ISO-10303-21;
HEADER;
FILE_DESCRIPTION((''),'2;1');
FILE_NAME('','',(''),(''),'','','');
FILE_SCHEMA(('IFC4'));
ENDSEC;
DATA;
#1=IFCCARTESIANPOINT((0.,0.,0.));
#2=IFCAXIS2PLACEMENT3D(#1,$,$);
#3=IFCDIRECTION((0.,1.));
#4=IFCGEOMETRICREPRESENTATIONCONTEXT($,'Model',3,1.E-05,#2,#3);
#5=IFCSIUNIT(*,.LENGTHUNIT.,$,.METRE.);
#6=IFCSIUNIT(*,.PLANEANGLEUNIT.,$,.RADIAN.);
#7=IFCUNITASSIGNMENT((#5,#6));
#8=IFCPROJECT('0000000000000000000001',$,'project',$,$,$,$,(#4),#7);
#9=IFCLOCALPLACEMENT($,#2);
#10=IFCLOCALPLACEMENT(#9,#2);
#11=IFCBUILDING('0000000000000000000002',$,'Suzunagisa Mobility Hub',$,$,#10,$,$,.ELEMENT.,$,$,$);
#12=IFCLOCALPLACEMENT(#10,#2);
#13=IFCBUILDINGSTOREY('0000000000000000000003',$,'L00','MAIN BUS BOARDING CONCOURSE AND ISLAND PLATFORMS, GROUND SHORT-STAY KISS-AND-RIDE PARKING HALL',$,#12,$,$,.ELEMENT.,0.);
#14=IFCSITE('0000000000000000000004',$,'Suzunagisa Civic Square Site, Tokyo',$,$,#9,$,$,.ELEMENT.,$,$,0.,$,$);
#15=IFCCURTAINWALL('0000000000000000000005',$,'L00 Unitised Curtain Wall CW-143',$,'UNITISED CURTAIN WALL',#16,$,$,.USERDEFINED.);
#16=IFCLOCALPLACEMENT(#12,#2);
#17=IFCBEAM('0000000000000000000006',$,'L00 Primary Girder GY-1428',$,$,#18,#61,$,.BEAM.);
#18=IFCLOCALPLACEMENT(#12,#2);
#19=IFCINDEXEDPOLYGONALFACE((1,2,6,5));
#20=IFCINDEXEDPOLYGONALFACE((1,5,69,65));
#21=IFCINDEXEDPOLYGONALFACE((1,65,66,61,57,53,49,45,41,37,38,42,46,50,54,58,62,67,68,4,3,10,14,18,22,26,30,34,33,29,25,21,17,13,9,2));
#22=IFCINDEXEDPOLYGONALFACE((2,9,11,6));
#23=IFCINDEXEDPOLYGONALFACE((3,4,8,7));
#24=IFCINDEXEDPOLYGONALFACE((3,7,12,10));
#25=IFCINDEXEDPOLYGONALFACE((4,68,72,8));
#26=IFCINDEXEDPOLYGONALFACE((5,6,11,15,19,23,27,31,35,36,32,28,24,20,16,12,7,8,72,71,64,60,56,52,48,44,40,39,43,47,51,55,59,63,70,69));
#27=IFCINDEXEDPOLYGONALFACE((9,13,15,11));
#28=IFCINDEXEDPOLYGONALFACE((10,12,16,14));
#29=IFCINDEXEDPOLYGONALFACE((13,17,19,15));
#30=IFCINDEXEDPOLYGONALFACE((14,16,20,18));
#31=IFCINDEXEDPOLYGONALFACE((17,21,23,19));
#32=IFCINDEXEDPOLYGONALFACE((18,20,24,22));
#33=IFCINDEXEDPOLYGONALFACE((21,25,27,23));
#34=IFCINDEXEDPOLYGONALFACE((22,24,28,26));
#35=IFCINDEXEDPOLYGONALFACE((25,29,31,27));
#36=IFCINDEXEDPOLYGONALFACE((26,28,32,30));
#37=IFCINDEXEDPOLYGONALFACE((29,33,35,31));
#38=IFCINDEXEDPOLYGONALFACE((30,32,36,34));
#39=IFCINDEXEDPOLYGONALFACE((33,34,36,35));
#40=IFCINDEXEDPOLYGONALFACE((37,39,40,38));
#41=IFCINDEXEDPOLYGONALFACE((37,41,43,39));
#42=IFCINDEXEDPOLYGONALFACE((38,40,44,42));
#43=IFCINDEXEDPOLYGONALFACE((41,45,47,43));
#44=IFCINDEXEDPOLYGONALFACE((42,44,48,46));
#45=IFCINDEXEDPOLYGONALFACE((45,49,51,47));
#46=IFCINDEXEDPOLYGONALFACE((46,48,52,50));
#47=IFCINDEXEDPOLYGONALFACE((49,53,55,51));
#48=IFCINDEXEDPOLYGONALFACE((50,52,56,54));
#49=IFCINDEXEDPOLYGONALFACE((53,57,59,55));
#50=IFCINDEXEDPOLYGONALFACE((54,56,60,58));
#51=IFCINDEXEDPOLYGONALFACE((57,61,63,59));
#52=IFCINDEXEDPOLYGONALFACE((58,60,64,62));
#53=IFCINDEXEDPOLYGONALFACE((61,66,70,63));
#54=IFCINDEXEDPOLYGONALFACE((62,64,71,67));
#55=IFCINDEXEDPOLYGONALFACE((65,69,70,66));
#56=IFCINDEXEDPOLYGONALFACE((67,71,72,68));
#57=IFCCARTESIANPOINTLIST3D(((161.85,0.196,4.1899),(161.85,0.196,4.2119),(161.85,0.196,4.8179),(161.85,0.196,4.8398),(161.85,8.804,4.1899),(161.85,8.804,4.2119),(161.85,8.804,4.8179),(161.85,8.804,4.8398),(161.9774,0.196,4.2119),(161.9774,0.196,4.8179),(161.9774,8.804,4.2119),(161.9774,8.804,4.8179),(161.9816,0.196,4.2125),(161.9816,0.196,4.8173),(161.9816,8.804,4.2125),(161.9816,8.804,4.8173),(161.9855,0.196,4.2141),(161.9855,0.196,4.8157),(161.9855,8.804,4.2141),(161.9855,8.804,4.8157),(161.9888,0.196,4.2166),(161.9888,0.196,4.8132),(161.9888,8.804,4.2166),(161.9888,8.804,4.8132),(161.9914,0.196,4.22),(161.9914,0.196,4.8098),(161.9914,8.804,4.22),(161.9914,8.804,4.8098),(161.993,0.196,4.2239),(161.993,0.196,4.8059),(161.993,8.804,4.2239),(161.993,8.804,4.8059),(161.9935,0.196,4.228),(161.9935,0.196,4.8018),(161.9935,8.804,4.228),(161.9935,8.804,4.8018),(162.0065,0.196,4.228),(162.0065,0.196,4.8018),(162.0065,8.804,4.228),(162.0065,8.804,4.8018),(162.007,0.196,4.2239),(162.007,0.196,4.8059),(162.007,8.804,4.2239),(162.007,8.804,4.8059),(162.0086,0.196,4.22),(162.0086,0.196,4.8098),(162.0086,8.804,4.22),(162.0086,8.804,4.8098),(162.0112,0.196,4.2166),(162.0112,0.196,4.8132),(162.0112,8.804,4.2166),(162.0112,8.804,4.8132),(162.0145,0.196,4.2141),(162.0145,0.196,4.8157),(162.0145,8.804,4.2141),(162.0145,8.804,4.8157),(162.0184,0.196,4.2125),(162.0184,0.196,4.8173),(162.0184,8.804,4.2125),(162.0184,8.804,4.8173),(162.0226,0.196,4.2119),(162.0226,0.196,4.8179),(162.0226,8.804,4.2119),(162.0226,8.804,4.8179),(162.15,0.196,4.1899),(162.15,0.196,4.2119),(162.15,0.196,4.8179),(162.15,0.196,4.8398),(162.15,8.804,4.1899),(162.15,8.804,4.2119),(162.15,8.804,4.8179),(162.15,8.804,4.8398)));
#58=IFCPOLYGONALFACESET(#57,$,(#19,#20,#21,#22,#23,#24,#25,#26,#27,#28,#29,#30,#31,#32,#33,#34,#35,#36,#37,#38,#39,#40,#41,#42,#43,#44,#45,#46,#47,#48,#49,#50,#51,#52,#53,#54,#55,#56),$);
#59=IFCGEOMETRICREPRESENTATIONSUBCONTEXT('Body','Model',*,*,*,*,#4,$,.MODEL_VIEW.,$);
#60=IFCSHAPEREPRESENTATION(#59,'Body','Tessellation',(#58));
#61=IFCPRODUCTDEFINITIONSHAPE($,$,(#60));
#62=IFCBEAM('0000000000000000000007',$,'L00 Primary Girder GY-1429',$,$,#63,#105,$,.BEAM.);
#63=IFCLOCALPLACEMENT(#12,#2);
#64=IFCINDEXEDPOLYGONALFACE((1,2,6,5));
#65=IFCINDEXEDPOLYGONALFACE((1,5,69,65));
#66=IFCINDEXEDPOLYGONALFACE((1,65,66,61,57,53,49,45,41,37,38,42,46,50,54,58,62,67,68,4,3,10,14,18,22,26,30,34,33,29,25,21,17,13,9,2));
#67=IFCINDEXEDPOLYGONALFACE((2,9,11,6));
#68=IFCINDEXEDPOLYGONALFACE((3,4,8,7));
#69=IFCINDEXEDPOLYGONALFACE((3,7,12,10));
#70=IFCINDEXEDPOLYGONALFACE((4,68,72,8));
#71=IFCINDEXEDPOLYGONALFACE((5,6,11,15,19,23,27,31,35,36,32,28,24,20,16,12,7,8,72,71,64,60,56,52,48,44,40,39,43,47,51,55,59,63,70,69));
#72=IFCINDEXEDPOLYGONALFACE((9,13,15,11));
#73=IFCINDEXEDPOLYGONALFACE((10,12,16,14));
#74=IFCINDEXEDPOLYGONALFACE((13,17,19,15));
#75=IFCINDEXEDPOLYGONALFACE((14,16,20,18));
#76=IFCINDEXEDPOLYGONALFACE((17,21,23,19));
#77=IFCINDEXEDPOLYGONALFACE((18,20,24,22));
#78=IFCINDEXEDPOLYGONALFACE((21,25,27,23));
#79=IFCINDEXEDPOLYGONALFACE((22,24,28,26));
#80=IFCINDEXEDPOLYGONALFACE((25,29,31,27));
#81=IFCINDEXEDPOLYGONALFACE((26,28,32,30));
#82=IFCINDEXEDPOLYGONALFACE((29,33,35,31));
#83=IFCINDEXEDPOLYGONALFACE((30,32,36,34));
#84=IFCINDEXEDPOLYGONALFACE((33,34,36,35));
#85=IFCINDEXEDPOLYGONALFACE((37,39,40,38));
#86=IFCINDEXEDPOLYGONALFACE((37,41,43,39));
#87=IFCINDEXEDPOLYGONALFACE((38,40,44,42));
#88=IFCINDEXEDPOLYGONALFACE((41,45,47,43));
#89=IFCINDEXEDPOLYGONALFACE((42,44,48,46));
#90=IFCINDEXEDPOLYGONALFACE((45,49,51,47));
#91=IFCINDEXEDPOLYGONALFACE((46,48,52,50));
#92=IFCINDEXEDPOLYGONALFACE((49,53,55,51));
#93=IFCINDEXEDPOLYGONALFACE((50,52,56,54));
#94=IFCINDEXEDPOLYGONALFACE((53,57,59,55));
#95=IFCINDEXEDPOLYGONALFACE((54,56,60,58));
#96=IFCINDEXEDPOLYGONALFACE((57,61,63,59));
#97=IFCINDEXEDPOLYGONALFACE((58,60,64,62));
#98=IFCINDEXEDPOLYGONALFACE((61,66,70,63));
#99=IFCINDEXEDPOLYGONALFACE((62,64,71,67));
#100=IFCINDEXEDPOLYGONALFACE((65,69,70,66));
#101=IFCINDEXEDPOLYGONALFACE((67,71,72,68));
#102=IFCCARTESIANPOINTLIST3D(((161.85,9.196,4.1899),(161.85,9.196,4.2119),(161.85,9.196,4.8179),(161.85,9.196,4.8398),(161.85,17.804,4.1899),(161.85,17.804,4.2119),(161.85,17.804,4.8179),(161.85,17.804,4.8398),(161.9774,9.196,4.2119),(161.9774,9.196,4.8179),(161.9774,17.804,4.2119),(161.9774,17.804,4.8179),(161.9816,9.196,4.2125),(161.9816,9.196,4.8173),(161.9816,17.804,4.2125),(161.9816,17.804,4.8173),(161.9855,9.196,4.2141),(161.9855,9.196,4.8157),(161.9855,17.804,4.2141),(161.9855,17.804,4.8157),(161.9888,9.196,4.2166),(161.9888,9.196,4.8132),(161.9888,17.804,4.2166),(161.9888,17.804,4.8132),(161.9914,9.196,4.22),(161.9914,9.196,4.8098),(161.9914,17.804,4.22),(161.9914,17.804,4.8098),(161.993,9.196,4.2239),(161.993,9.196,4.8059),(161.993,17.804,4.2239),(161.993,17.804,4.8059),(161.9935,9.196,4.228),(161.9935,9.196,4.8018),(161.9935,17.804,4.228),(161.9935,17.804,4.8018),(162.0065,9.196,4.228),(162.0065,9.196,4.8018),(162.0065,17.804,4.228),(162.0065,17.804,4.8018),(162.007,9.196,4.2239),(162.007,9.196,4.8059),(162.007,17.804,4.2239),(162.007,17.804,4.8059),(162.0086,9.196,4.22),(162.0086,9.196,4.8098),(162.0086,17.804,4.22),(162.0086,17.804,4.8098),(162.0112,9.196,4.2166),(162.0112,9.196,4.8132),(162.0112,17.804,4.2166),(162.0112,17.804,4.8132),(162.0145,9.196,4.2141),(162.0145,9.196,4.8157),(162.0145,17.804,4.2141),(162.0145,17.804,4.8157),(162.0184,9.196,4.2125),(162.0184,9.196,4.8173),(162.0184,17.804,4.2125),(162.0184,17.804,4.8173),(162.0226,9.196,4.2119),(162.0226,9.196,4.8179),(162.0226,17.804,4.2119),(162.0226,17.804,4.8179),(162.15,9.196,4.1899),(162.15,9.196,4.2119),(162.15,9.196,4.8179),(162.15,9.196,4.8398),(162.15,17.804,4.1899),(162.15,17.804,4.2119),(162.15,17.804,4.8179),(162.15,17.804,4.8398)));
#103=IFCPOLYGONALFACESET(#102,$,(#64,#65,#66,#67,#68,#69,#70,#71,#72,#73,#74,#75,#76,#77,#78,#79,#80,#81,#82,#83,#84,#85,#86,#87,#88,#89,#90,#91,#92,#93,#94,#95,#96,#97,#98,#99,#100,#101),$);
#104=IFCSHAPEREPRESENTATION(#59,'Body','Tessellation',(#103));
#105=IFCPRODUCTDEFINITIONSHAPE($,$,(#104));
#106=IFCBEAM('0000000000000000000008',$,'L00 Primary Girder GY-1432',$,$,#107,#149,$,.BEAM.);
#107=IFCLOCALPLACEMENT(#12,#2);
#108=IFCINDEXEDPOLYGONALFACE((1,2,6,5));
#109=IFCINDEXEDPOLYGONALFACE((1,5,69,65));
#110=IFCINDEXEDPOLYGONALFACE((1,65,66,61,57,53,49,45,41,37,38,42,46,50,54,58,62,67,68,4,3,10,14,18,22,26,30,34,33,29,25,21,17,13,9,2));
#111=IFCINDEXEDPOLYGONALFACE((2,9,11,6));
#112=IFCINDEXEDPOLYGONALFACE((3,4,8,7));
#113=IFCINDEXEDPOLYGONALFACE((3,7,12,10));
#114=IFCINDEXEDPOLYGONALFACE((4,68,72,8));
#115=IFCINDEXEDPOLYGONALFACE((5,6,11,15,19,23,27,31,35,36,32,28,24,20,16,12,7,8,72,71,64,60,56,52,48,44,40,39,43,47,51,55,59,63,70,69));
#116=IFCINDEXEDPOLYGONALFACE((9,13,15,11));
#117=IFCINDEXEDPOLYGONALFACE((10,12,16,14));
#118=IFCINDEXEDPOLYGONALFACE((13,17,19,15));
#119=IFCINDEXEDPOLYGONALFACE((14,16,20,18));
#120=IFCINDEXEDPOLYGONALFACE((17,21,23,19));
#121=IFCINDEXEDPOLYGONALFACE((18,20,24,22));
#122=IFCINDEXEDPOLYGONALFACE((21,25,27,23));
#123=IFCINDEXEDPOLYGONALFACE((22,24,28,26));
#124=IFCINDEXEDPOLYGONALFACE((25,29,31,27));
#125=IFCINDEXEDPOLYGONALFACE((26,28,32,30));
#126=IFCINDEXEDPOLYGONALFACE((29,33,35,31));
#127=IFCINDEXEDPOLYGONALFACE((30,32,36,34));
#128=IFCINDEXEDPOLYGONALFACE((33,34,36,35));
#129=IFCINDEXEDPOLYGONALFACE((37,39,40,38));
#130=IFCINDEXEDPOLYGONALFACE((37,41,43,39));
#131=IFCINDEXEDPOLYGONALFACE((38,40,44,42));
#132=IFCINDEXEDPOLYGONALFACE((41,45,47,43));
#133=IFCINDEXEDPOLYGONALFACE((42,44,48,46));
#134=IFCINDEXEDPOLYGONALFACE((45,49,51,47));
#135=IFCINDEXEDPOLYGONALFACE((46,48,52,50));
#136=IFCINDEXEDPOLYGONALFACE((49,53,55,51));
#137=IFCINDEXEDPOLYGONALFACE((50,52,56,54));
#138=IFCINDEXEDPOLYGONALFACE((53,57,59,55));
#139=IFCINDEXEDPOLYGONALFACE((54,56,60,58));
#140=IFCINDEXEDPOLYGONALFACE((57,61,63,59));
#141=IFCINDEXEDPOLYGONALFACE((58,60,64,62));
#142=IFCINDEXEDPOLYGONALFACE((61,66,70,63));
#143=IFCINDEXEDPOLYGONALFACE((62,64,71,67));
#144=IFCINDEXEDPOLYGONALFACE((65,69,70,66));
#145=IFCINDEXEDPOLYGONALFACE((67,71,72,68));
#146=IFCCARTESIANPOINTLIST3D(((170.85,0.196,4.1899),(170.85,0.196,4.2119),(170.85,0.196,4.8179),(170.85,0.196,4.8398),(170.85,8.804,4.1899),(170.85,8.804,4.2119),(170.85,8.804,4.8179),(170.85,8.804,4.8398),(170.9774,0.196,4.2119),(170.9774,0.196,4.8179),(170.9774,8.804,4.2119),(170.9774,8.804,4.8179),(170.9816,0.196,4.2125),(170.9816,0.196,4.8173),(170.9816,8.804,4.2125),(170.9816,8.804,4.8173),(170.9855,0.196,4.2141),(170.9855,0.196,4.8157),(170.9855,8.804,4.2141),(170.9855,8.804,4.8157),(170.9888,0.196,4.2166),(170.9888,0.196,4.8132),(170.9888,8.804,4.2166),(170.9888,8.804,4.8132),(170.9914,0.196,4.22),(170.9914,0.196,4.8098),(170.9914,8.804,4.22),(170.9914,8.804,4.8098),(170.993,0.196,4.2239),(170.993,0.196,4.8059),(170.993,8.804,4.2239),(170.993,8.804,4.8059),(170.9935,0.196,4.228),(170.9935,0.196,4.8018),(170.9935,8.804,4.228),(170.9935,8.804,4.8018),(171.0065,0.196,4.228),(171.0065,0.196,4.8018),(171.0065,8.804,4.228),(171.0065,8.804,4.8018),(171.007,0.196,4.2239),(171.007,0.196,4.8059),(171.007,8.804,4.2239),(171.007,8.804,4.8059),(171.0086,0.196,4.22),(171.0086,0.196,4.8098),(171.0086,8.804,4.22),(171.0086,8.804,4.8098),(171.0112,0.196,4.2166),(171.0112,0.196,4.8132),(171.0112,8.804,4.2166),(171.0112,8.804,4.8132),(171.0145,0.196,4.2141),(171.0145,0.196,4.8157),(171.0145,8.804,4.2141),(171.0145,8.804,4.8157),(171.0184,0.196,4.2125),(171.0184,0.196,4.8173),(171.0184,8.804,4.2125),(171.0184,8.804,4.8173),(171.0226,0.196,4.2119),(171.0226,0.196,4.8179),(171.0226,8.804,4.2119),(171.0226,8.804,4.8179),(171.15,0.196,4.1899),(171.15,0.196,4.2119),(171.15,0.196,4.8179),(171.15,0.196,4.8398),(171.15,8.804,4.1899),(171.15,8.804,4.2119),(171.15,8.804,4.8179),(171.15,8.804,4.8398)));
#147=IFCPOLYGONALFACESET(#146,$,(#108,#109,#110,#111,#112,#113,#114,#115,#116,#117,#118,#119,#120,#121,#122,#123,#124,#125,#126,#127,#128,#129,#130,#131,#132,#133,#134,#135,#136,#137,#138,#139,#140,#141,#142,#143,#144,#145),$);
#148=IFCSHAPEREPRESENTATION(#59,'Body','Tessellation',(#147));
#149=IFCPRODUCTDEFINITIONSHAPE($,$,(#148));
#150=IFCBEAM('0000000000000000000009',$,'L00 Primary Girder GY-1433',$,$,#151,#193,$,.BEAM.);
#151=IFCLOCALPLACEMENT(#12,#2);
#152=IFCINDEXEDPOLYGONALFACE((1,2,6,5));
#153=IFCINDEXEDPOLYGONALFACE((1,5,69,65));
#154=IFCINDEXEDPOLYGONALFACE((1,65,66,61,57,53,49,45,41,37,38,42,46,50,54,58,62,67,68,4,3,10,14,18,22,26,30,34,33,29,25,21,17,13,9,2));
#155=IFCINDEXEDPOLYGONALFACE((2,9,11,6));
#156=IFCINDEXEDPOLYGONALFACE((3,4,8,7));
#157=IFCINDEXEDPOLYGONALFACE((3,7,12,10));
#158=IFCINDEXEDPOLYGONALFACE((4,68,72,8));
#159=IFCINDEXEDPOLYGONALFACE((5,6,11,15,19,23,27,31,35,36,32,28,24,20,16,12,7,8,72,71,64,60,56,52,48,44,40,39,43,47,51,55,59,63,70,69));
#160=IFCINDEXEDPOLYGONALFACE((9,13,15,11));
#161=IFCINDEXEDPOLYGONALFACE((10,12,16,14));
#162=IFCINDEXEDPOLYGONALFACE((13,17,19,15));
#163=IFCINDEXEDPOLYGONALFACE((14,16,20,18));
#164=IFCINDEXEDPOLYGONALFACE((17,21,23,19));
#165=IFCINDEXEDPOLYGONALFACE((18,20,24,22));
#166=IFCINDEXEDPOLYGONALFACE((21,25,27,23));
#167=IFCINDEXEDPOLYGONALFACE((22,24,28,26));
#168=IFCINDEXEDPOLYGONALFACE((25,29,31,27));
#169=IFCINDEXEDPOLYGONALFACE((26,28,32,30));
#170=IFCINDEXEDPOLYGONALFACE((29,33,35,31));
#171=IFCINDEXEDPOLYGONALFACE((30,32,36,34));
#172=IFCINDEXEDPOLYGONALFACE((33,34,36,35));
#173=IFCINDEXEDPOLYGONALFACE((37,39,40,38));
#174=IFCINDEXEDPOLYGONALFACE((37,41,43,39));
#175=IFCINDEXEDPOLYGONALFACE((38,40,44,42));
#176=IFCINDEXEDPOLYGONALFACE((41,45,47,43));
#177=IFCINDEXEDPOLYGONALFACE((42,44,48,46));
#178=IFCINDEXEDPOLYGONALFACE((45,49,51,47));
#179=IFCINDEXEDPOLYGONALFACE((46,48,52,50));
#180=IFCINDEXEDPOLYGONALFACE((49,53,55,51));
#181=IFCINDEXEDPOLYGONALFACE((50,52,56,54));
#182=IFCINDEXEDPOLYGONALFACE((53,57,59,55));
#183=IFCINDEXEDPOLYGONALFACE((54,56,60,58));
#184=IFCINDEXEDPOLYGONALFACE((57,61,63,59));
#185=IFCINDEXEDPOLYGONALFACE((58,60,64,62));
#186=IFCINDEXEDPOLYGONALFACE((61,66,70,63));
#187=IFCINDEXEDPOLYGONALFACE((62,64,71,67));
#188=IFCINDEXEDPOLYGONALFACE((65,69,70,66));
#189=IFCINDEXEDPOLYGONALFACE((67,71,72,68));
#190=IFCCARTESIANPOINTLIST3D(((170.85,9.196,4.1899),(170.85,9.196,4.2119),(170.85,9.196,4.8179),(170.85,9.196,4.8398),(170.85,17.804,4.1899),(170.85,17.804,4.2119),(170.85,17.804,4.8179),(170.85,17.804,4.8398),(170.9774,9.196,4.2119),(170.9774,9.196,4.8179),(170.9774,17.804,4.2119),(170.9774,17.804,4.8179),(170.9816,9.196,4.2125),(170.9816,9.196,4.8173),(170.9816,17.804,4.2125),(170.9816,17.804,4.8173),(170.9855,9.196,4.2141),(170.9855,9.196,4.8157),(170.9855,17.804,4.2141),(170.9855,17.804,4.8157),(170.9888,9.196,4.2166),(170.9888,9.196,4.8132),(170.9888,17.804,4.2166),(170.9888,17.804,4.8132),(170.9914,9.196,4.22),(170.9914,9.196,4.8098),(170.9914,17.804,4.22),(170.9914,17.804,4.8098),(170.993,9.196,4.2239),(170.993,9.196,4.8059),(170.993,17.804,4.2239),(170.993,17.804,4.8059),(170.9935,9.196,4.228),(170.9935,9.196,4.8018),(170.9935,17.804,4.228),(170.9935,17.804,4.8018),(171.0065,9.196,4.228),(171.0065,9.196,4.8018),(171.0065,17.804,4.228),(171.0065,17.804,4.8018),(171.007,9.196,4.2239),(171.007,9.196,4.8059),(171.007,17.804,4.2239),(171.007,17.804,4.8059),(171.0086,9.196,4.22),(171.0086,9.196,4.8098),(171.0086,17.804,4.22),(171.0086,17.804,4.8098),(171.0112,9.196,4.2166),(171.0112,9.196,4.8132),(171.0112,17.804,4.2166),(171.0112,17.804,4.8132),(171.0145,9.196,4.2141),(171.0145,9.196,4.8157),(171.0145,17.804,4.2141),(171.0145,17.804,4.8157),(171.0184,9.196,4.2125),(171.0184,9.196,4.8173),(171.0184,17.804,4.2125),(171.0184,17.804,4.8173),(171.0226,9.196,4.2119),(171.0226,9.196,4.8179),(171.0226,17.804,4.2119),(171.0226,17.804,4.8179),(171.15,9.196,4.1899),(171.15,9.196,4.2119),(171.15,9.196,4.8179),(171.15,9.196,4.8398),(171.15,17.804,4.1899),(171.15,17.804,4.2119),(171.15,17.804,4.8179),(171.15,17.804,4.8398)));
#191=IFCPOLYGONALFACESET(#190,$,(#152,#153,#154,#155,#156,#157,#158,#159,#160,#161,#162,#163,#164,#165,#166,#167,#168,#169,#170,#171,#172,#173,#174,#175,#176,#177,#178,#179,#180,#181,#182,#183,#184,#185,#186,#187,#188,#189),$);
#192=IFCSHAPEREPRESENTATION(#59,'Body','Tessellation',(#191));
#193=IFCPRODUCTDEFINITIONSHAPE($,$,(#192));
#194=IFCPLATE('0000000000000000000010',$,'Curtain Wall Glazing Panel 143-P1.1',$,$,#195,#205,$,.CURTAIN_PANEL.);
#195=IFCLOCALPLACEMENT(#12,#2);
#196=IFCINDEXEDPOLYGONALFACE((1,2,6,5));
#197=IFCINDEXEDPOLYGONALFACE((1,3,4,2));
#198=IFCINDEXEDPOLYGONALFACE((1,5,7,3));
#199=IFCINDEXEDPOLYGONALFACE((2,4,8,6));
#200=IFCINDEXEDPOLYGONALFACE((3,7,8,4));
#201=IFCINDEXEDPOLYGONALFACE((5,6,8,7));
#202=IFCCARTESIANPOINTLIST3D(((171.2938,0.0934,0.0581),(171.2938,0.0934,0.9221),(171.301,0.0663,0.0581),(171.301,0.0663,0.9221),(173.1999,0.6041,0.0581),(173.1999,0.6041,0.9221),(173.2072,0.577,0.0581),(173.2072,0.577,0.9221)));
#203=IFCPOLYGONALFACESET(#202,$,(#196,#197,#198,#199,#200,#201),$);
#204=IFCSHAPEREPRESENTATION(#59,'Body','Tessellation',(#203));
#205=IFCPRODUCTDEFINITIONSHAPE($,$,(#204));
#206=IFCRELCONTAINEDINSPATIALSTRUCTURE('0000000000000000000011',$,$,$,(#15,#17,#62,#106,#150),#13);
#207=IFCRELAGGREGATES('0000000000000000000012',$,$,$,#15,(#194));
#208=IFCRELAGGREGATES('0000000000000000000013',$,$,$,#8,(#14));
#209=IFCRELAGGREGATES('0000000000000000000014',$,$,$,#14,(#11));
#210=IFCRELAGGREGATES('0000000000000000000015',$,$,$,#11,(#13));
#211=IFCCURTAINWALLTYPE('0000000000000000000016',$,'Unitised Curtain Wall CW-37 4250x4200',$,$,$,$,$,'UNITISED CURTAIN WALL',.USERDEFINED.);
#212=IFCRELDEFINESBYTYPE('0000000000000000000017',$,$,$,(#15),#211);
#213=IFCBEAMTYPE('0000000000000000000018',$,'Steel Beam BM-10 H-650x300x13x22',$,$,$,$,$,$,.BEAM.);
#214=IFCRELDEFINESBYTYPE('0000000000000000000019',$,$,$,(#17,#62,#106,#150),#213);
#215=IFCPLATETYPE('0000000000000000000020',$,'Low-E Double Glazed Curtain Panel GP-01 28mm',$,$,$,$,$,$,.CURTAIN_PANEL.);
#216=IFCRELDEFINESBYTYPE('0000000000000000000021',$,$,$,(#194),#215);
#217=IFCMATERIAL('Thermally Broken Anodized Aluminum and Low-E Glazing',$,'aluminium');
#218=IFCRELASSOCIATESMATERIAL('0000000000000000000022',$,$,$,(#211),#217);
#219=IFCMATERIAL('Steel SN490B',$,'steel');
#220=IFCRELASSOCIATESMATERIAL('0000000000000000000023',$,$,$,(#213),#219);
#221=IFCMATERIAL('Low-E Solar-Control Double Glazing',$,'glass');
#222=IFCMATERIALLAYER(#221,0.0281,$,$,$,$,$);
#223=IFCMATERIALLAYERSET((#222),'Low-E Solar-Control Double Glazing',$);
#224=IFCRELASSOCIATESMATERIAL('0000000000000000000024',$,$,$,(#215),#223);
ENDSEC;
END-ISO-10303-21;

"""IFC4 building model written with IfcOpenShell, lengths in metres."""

from ifc_helpers import new_model, si_unit, direction, frame, origin, origin_2d, place, context, subcontext, project, spatial, rectangle, i_section, extrude, material, layer, layer_set, material_profile, profile_set, type_object, element, aggregate, save


model = new_model("IFC4")

# Units and contexts
model_context = context("Model", 3, precision=1e-05, world=origin(), true_north=direction((0.0, 1.0)))
body_context = subcontext(model_context, "Body", "Model", "MODEL_VIEW")
ifc_project = project(units=[si_unit("LENGTHUNIT", "METRE"), si_unit("PLANEANGLEUNIT", "RADIAN")], contexts=[model_context])

# Site, building, storey
site_placement = place(None, origin())
site = spatial("IfcSite", under=ifc_project, at=site_placement, Name="Suzunagisa Civic Square Site, Tokyo", CompositionType="ELEMENT", RefElevation=0.0)
building_placement = place(site_placement, origin())
building = spatial("IfcBuilding", under=site, at=building_placement, Name="Suzunagisa Mobility Hub", CompositionType="ELEMENT")
storey_placement = place(building_placement, origin())
storey = spatial("IfcBuildingStorey", under=building, at=storey_placement, Name="L00", Description="MAIN BUS BOARDING CONCOURSE AND ISLAND PLATFORMS, GROUND SHORT-STAY KISS-AND-RIDE PARKING HALL", CompositionType="ELEMENT", Elevation=0.0)

# Shared definitions
ifc_material_1 = material(Name="Steel SN490B", Category="steel")

# Curtain wall
ifc_material_2 = material(Name="Thermally Broken Anodized Aluminum and Low-E Glazing", Category="aluminium")
curtain_wall_type = type_object("IfcCurtainWallType", Name="Unitised Curtain Wall CW-37 4250x4200", ElementType="UNITISED CURTAIN WALL", PredefinedType="USERDEFINED", material=ifc_material_2)
curtain_wall_placement = place(storey_placement, origin())
curtain_wall = element("IfcCurtainWall", 1, at=curtain_wall_placement, inside=storey, type_object=curtain_wall_type, Name="L00 Unitised Curtain Wall CW-143", ObjectType="UNITISED CURTAIN WALL", PredefinedType="USERDEFINED")

# Beams
ifc_material_profile_1 = material_profile(ifc_material_1, i_section(OverallWidth=0.3, OverallDepth=0.6499, WebThickness=0.0129, FlangeThickness=0.022, FilletRadius=0.0161, at=origin_2d()), Name="H-650x300x13x22")
ifc_profile_set_1 = profile_set([ifc_material_profile_1], Name="Steel SN490B")
beam_type_1 = type_object("IfcBeamType", Name="Steel Beam BM-10 H-650x300x13x22", PredefinedType="BEAM", material=ifc_profile_set_1)
for number, where, z_axis, x_axis, name in (
    (2, (162.0, 0.196, 4.5149), (0.0, 1.0, 0.0), (-1.0, 0.0, 0.0), "L00 Primary Girder GY-1428"),
    (3, (162.0, 9.196, 4.5149), (0.0, 1.0, 0.0), (-1.0, 0.0, 0.0), "L00 Primary Girder GY-1429"),
    (4, (171.0, 0.196, 4.5149), (0.0, 1.0, 0.0), (-1.0, 0.0, 0.0), "L00 Primary Girder GY-1432"),
    (5, (171.0, 9.196, 4.5149), (0.0, 1.0, 0.0), (-1.0, 0.0, 0.0), "L00 Primary Girder GY-1433"),
):
    element("IfcBeam", number, at=place(storey_placement, frame(where, z_axis=z_axis, x_axis=x_axis)), inside=storey, type_object=beam_type_1, Name=name, PredefinedType="BEAM", context=body_context, shape_type="SweptSolid", body=[
        extrude(i_section(OverallWidth=0.3, OverallDepth=0.6499, WebThickness=0.0129, FlangeThickness=0.022, FilletRadius=0.0161, at=origin_2d()), origin(), (0.0, 0.0, 1.0), 8.6079),
    ])

# Plate
ifc_material_3 = material(Name="Low-E Solar-Control Double Glazing", Category="glass")
ifc_layer_1 = layer(ifc_material_3, 0.0281)
ifc_layer_set_1 = layer_set([ifc_layer_1], Name="Low-E Solar-Control Double Glazing")
plate_type = type_object("IfcPlateType", Name="Low-E Double Glazed Curtain Panel GP-01 28mm", PredefinedType="CURTAIN_PANEL", material=ifc_layer_set_1)
plate_1_placement = place(storey_placement, frame((172.2505, 0.3352, 0.0581), z_axis=(0.0, 0.0, 1.0), x_axis=(0.965927, 0.258814, 0.0)))
plate_1 = element("IfcPlate", 6, at=plate_1_placement, type_object=plate_type, Name="Curtain Wall Glazing Panel 143-P1.1", PredefinedType="CURTAIN_PANEL", context=body_context, shape_type="SweptSolid", body=[
    extrude(rectangle(XDim=1.9734, YDim=0.0281, at=origin_2d()), origin(), (0.0, 0.0, 1.0), 0.864),
])
aggregate(curtain_wall, [plate_1])

save(model, "model.ifc")
